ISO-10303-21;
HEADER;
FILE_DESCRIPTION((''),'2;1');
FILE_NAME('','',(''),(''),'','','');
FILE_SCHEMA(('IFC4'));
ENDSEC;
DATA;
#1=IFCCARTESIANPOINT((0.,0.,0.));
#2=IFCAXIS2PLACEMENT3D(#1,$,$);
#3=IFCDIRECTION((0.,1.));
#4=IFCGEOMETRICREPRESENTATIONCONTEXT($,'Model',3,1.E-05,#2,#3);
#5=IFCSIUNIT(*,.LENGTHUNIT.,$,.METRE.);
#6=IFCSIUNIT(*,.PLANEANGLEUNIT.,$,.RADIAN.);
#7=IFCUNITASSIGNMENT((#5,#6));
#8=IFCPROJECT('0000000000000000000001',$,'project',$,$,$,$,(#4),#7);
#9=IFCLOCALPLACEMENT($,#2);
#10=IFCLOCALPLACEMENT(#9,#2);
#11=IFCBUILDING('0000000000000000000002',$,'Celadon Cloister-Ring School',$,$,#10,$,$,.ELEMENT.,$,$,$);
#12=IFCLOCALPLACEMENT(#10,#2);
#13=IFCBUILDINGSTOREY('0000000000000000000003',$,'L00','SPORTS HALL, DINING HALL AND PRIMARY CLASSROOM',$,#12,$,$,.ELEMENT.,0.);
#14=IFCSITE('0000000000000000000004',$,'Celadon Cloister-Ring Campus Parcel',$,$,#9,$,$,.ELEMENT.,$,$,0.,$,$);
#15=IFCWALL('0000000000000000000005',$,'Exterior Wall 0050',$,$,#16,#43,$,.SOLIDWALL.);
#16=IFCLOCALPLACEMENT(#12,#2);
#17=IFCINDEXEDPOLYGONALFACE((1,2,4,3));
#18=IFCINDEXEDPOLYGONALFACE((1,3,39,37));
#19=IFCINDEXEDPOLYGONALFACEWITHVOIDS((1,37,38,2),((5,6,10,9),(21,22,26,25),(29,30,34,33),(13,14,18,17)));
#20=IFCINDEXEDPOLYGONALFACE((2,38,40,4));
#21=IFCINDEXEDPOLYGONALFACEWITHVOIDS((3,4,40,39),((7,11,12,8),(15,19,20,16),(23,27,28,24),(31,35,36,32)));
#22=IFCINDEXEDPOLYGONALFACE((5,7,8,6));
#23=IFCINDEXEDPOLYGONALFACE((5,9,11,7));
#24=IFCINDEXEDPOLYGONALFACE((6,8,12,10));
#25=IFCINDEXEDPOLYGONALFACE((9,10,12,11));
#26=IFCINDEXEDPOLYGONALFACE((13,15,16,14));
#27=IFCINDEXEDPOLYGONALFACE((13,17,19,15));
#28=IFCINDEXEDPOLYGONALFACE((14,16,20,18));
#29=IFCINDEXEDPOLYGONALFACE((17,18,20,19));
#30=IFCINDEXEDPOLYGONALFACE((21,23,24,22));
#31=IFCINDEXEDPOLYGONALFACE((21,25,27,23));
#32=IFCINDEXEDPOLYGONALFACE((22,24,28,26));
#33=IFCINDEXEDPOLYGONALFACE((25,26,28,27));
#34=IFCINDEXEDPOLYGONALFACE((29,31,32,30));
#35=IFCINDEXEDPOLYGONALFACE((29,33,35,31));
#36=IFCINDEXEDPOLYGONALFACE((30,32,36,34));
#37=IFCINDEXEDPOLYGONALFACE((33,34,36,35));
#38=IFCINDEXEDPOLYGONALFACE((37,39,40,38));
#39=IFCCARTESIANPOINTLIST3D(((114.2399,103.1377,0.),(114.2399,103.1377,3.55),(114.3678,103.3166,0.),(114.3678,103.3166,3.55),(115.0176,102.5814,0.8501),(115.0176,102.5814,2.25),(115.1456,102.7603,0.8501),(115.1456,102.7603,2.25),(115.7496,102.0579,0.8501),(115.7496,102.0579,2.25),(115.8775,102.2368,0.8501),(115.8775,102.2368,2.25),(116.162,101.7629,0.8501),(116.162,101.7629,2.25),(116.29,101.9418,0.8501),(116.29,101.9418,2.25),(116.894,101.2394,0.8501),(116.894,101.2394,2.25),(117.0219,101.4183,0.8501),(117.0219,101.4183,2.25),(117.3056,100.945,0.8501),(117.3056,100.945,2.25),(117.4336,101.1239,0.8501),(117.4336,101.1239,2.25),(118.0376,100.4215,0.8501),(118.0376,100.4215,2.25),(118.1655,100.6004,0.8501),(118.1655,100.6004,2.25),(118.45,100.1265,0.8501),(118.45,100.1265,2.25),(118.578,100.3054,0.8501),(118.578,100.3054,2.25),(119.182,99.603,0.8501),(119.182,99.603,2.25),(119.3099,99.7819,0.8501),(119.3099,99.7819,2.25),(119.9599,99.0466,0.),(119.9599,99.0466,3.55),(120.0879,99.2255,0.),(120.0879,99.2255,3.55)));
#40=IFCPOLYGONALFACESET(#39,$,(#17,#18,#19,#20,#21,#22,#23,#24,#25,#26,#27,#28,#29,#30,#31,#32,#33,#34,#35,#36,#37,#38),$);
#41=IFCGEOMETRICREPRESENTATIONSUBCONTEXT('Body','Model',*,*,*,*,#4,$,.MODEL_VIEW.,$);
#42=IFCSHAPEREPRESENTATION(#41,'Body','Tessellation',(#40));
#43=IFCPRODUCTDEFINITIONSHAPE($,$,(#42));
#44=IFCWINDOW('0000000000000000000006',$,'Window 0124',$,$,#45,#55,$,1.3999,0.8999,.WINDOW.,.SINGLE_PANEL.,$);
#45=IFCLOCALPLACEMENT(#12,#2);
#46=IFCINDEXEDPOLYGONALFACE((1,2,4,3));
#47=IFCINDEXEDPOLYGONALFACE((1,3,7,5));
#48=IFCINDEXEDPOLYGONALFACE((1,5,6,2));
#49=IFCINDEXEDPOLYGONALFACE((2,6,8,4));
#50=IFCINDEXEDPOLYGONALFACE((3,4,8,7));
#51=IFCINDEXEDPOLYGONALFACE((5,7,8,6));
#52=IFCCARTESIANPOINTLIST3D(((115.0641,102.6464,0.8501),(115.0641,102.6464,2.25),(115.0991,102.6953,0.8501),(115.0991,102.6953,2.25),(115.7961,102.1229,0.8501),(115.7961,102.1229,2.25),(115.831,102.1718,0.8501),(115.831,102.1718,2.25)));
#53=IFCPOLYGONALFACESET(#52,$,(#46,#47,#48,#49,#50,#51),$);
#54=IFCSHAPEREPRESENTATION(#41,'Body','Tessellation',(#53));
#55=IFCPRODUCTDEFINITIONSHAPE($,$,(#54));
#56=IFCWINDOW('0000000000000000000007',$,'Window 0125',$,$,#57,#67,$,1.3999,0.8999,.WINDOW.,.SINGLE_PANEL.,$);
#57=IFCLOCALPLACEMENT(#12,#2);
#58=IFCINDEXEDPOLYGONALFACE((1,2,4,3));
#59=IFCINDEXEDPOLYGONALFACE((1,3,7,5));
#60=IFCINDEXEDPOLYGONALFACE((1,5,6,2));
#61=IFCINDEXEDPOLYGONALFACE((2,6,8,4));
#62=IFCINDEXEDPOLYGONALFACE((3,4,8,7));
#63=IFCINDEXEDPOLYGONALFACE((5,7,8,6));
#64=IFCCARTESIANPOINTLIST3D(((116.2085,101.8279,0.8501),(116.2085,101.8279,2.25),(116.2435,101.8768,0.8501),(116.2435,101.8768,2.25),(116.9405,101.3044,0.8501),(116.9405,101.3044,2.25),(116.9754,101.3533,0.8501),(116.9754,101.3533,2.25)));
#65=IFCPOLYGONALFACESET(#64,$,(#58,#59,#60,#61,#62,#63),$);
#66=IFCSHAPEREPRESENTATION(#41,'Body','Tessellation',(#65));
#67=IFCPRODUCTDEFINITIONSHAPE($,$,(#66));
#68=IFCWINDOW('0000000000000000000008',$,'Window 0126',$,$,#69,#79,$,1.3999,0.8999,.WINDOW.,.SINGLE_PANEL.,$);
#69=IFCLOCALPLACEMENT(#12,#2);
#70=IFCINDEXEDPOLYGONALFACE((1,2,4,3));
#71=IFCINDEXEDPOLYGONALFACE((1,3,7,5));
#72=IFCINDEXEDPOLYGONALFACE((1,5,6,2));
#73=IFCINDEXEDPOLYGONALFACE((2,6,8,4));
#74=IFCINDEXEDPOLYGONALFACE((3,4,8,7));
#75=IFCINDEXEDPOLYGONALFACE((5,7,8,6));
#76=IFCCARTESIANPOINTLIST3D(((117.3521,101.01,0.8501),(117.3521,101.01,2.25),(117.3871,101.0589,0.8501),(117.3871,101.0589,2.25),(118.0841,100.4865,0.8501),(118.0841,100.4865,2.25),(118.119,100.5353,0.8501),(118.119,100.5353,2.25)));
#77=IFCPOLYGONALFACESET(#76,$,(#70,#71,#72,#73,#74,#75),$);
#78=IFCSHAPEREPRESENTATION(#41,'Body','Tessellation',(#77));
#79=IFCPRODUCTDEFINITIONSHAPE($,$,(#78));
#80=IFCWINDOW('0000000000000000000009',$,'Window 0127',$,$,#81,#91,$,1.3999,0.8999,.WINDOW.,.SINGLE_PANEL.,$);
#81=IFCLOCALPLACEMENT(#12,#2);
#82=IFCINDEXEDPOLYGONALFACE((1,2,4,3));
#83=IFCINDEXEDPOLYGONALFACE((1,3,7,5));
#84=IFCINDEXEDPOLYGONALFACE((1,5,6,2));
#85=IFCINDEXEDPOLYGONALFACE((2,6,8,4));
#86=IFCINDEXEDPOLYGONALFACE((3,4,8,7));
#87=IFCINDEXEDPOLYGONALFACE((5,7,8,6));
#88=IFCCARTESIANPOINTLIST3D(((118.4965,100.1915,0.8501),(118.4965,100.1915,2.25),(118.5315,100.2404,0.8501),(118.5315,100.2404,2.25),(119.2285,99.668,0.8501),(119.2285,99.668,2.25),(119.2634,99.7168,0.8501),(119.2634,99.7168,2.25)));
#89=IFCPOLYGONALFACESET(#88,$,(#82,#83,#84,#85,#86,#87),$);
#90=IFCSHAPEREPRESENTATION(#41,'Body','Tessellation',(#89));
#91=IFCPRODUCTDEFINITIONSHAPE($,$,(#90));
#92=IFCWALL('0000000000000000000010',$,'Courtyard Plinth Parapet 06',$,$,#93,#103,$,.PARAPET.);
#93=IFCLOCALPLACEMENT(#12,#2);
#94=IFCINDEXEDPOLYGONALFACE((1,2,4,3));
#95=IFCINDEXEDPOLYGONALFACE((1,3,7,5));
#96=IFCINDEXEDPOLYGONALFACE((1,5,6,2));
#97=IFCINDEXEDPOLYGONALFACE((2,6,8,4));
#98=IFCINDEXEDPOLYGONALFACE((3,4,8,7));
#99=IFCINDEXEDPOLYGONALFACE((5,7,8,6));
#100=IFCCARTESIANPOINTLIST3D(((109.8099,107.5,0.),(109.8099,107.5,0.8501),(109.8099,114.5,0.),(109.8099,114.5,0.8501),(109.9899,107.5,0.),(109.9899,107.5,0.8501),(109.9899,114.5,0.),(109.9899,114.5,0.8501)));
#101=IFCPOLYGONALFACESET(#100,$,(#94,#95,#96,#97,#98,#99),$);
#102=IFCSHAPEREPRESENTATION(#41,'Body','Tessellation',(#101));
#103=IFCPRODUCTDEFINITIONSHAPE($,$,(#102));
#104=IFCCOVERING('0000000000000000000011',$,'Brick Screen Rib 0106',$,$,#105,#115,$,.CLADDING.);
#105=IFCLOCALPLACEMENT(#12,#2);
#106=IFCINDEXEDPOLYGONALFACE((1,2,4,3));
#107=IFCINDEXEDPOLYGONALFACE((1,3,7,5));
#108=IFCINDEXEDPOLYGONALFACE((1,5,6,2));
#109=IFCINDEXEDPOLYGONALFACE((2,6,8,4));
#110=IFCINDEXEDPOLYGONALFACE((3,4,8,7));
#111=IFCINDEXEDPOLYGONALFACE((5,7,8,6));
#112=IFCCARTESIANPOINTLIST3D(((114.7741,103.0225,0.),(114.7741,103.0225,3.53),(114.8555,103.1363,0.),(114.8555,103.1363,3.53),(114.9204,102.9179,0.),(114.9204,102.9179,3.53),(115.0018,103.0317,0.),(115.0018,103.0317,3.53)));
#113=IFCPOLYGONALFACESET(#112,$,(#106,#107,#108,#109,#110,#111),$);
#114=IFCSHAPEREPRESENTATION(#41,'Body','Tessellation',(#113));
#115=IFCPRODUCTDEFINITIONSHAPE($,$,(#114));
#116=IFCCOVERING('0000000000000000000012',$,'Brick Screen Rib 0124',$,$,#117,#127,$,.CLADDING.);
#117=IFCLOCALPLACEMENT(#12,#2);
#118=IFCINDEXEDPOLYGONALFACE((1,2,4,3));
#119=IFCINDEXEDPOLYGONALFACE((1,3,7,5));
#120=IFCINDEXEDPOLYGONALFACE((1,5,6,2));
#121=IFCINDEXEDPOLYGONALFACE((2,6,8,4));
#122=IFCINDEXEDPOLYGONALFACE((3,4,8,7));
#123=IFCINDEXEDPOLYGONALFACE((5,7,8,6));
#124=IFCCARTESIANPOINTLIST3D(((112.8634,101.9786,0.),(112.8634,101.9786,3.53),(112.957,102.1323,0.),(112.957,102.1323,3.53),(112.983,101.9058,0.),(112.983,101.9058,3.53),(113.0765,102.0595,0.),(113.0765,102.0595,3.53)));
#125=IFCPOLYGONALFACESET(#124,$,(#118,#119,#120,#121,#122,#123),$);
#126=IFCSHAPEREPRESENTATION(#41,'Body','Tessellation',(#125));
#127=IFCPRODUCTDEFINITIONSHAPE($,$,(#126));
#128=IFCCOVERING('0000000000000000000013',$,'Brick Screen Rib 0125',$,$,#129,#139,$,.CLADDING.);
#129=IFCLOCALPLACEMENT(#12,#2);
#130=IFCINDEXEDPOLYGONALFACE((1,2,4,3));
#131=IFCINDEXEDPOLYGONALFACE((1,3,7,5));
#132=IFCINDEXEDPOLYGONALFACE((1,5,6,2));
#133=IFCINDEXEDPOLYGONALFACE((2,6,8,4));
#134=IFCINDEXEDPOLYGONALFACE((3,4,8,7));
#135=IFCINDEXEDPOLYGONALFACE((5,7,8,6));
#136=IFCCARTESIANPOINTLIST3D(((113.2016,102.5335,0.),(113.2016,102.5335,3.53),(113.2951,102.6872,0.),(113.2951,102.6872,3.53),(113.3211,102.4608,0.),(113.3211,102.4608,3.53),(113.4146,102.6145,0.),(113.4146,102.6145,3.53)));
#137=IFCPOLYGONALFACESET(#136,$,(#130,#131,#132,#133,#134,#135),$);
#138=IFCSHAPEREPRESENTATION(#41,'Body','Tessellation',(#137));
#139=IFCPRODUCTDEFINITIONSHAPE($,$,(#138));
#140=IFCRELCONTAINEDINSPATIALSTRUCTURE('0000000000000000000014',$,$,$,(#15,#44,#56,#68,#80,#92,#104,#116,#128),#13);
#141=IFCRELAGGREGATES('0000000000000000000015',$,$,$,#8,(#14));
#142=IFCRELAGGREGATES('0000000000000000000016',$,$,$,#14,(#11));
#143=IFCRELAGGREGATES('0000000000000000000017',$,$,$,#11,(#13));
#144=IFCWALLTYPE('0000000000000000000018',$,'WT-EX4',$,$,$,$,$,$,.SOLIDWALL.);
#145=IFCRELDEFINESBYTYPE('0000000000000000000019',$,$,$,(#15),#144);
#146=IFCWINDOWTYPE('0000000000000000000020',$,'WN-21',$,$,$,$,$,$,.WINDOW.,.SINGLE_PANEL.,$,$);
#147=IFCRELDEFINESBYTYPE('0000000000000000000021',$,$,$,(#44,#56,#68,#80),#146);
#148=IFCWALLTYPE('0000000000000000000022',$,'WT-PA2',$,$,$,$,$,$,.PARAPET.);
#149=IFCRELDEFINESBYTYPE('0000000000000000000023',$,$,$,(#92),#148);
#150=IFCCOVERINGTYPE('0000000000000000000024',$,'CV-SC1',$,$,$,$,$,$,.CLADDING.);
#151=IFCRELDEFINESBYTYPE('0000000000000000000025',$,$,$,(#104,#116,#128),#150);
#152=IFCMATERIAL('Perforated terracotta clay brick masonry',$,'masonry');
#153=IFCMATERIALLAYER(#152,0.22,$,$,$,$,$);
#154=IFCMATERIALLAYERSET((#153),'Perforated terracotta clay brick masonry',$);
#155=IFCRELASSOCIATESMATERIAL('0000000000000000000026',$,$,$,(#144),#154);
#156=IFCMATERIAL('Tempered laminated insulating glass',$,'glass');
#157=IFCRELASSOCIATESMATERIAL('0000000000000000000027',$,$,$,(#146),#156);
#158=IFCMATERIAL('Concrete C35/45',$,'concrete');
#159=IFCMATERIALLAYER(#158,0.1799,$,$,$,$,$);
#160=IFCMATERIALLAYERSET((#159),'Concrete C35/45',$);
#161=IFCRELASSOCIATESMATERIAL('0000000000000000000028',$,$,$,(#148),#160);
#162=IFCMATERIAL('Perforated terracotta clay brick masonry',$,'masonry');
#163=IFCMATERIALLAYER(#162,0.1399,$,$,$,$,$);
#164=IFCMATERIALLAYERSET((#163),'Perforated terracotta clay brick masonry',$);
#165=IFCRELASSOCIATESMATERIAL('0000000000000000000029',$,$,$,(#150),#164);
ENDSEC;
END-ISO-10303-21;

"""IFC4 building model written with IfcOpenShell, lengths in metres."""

from ifc_helpers import new_model, si_unit, direction, frame, frame_2d, origin, origin_2d, place, context, subcontext, project, spatial, rectangle, extrude, material, layer, layer_set, type_object, element, fill, save


model = new_model("IFC4")

# Units and contexts
model_context = context("Model", 3, precision=1e-05, world=origin(), true_north=direction((0.0, 1.0)))
body_context = subcontext(model_context, "Body", "Model", "MODEL_VIEW")
ifc_project = project(units=[si_unit("LENGTHUNIT", "METRE"), si_unit("PLANEANGLEUNIT", "RADIAN")], contexts=[model_context])

# Site, building, storey
site_placement = place(None, origin())
site = spatial("IfcSite", under=ifc_project, at=site_placement, Name="Celadon Cloister-Ring Campus Parcel", CompositionType="ELEMENT", RefElevation=0.0)
building_placement = place(site_placement, origin())
building = spatial("IfcBuilding", under=site, at=building_placement, Name="Celadon Cloister-Ring School", CompositionType="ELEMENT")
storey_placement = place(building_placement, origin())
storey = spatial("IfcBuildingStorey", under=building, at=storey_placement, Name="L00", Description="SPORTS HALL, DINING HALL AND PRIMARY CLASSROOM", CompositionType="ELEMENT", Elevation=0.0)

# Wall, openings, windows
ifc_material_1 = material(Name="Perforated terracotta clay brick masonry", Category="masonry")
ifc_layer_1 = layer(ifc_material_1, 0.22)
ifc_layer_set_1 = layer_set([ifc_layer_1], Name="Perforated terracotta clay brick masonry")
wall_type_1 = type_object("IfcWallType", Name="WT-EX4", PredefinedType="SOLIDWALL", material=ifc_layer_set_1)
wall_1_placement = place(storey_placement, frame((114.304, 103.2271, 0.0), z_axis=(0.0, 0.0, 1.0), x_axis=(0.813372, -0.581744, 0.0)))
wall_1 = element("IfcWall", 1, at=wall_1_placement, inside=storey, type_object=wall_type_1, Name="Exterior Wall 0050", PredefinedType="SOLIDWALL", context=body_context, shape_type="SweptSolid", body=[
    extrude(rectangle(XDim=7.0325, YDim=0.22, at=frame_2d((3.5161, 0.0))), origin(), (0.0, 0.0, 1.0), 3.55),
])
opening_1_placement = place(wall_1_placement, frame((0.9561, 0.0, 0.8501)))
opening_1 = element("IfcOpeningElement", 2, at=opening_1_placement, cuts=wall_1, PredefinedType="OPENING", context=body_context, shape_type="SweptSolid", body=[
    extrude(rectangle(XDim=0.8999, YDim=1.3999, at=frame_2d((0.45, 0.7))), frame((0.0, 0.1201, 0.0), z_axis=(0.0, -1.0, 0.0), x_axis=(1.0, 0.0, 0.0)), (0.0, 0.0, 1.0), 0.24),
])
opening_2_placement = place(wall_1_placement, frame((2.363, 0.0, 0.8501)))
opening_2 = element("IfcOpeningElement", 3, at=opening_2_placement, cuts=wall_1, PredefinedType="OPENING", context=body_context, shape_type="SweptSolid", body=[
    extrude(rectangle(XDim=0.8999, YDim=1.3999, at=frame_2d((0.45, 0.7))), frame((0.0, 0.1201, 0.0), z_axis=(0.0, -1.0, 0.0), x_axis=(1.0, 0.0, 0.0)), (0.0, 0.0, 1.0), 0.24),
])
opening_3_placement = place(wall_1_placement, frame((3.769, 0.0, 0.8501)))
opening_3 = element("IfcOpeningElement", 4, at=opening_3_placement, cuts=wall_1, PredefinedType="OPENING", context=body_context, shape_type="SweptSolid", body=[
    extrude(rectangle(XDim=0.8999, YDim=1.3999, at=frame_2d((0.45, 0.7))), frame((0.0, 0.1201, 0.0), z_axis=(0.0, -1.0, 0.0), x_axis=(1.0, 0.0, 0.0)), (0.0, 0.0, 1.0), 0.24),
])
opening_4_placement = place(wall_1_placement, frame((5.176, 0.0, 0.8501)))
opening_4 = element("IfcOpeningElement", 5, at=opening_4_placement, cuts=wall_1, PredefinedType="OPENING", context=body_context, shape_type="SweptSolid", body=[
    extrude(rectangle(XDim=0.8999, YDim=1.3999, at=frame_2d((0.45, 0.7))), frame((0.0, 0.1201, 0.0), z_axis=(0.0, -1.0, 0.0), x_axis=(1.0, 0.0, 0.0)), (0.0, 0.0, 1.0), 0.24),
])
ifc_material_2 = material(Name="Tempered laminated insulating glass", Category="glass")
window_type = type_object("IfcWindowType", Name="WN-21", PartitioningType="SINGLE_PANEL", PredefinedType="WINDOW", material=ifc_material_2)
window_1_placement = place(opening_1_placement, origin())
window_1 = element("IfcWindow", 6, at=window_1_placement, inside=storey, type_object=window_type, Name="Window 0124", OverallHeight=1.3999, OverallWidth=0.8999, PartitioningType="SINGLE_PANEL", PredefinedType="WINDOW", context=body_context, shape_type="SweptSolid", body=[
    extrude(rectangle(XDim=0.8999, YDim=1.3999, at=frame_2d((0.45, 0.7))), frame((0.0, 0.03, 0.0), z_axis=(0.0, -1.0, 0.0), x_axis=(1.0, 0.0, 0.0)), (0.0, 0.0, 1.0), 0.0601),
])
fill(opening_1, window_1)
window_2_placement = place(opening_2_placement, origin())
window_2 = element("IfcWindow", 7, at=window_2_placement, inside=storey, type_object=window_type, Name="Window 0125", OverallHeight=1.3999, OverallWidth=0.8999, PartitioningType="SINGLE_PANEL", PredefinedType="WINDOW", context=body_context, shape_type="SweptSolid", body=[
    extrude(rectangle(XDim=0.8999, YDim=1.3999, at=frame_2d((0.45, 0.7))), frame((0.0, 0.03, 0.0), z_axis=(0.0, -1.0, 0.0), x_axis=(1.0, 0.0, 0.0)), (0.0, 0.0, 1.0), 0.0601),
])
fill(opening_2, window_2)
window_3_placement = place(opening_3_placement, origin())
window_3 = element("IfcWindow", 8, at=window_3_placement, inside=storey, type_object=window_type, Name="Window 0126", OverallHeight=1.3999, OverallWidth=0.8999, PartitioningType="SINGLE_PANEL", PredefinedType="WINDOW", context=body_context, shape_type="SweptSolid", body=[
    extrude(rectangle(XDim=0.8999, YDim=1.3999, at=frame_2d((0.45, 0.7))), frame((0.0, 0.03, 0.0), z_axis=(0.0, -1.0, 0.0), x_axis=(1.0, 0.0, 0.0)), (0.0, 0.0, 1.0), 0.0601),
])
fill(opening_3, window_3)
window_4_placement = place(opening_4_placement, origin())
window_4 = element("IfcWindow", 9, at=window_4_placement, inside=storey, type_object=window_type, Name="Window 0127", OverallHeight=1.3999, OverallWidth=0.8999, PartitioningType="SINGLE_PANEL", PredefinedType="WINDOW", context=body_context, shape_type="SweptSolid", body=[
    extrude(rectangle(XDim=0.8999, YDim=1.3999, at=frame_2d((0.45, 0.7))), frame((0.0, 0.03, 0.0), z_axis=(0.0, -1.0, 0.0), x_axis=(1.0, 0.0, 0.0)), (0.0, 0.0, 1.0), 0.0601),
])
fill(opening_4, window_4)

# Wall
ifc_material_3 = material(Name="Concrete C35/45", Category="concrete")
ifc_layer_2 = layer(ifc_material_3, 0.1799)
ifc_layer_set_2 = layer_set([ifc_layer_2], Name="Concrete C35/45")
wall_type_2 = type_object("IfcWallType", Name="WT-PA2", PredefinedType="PARAPET", material=ifc_layer_set_2)
wall_2_placement = place(storey_placement, frame((109.8999, 107.5, 0.0), z_axis=(0.0, 0.0, 1.0), x_axis=(0.0, 1.0, 0.0)))
element("IfcWall", 10, at=wall_2_placement, inside=storey, type_object=wall_type_2, Name="Courtyard Plinth Parapet 06", PredefinedType="PARAPET", context=body_context, shape_type="SweptSolid", body=[
    extrude(rectangle(XDim=7.0, YDim=0.1799, at=frame_2d((3.5, 0.0))), origin(), (0.0, 0.0, 1.0), 0.8501),
])

# Coverings
ifc_material_4 = material(Name="Perforated terracotta clay brick masonry", Category="masonry")
ifc_layer_3 = layer(ifc_material_4, 0.1399)
ifc_layer_set_3 = layer_set([ifc_layer_3], Name="Perforated terracotta clay brick masonry")
covering_type = type_object("IfcCoveringType", Name="CV-SC1", PredefinedType="CLADDING", material=ifc_layer_set_3)
for number, where, z_axis, x_axis, name in (
    (11, (114.8879, 103.0271, 0.0), (0.0, 0.0, 1.0), (0.813375, -0.58174, 0.0), "Brick Screen Rib 0106"),
    (12, (112.97, 102.019, 0.0), (0.0, 0.0, 1.0), (0.519862, 0.85425, 0.0), "Brick Screen Rib 0124"),
    (13, (113.3081, 102.574, 0.0), (0.0, 0.0, 1.0), (0.519862, 0.85425, 0.0), "Brick Screen Rib 0125"),
):
    element("IfcCovering", number, at=place(storey_placement, frame(where, z_axis=z_axis, x_axis=x_axis)), inside=storey, type_object=covering_type, Name=name, PredefinedType="CLADDING", context=body_context, shape_type="SweptSolid", body=[
        extrude(rectangle(XDim=0.1799, YDim=0.1399, at=origin_2d()), origin(), (0.0, 0.0, 1.0), 3.53),
    ])

save(model, "model.ifc")
